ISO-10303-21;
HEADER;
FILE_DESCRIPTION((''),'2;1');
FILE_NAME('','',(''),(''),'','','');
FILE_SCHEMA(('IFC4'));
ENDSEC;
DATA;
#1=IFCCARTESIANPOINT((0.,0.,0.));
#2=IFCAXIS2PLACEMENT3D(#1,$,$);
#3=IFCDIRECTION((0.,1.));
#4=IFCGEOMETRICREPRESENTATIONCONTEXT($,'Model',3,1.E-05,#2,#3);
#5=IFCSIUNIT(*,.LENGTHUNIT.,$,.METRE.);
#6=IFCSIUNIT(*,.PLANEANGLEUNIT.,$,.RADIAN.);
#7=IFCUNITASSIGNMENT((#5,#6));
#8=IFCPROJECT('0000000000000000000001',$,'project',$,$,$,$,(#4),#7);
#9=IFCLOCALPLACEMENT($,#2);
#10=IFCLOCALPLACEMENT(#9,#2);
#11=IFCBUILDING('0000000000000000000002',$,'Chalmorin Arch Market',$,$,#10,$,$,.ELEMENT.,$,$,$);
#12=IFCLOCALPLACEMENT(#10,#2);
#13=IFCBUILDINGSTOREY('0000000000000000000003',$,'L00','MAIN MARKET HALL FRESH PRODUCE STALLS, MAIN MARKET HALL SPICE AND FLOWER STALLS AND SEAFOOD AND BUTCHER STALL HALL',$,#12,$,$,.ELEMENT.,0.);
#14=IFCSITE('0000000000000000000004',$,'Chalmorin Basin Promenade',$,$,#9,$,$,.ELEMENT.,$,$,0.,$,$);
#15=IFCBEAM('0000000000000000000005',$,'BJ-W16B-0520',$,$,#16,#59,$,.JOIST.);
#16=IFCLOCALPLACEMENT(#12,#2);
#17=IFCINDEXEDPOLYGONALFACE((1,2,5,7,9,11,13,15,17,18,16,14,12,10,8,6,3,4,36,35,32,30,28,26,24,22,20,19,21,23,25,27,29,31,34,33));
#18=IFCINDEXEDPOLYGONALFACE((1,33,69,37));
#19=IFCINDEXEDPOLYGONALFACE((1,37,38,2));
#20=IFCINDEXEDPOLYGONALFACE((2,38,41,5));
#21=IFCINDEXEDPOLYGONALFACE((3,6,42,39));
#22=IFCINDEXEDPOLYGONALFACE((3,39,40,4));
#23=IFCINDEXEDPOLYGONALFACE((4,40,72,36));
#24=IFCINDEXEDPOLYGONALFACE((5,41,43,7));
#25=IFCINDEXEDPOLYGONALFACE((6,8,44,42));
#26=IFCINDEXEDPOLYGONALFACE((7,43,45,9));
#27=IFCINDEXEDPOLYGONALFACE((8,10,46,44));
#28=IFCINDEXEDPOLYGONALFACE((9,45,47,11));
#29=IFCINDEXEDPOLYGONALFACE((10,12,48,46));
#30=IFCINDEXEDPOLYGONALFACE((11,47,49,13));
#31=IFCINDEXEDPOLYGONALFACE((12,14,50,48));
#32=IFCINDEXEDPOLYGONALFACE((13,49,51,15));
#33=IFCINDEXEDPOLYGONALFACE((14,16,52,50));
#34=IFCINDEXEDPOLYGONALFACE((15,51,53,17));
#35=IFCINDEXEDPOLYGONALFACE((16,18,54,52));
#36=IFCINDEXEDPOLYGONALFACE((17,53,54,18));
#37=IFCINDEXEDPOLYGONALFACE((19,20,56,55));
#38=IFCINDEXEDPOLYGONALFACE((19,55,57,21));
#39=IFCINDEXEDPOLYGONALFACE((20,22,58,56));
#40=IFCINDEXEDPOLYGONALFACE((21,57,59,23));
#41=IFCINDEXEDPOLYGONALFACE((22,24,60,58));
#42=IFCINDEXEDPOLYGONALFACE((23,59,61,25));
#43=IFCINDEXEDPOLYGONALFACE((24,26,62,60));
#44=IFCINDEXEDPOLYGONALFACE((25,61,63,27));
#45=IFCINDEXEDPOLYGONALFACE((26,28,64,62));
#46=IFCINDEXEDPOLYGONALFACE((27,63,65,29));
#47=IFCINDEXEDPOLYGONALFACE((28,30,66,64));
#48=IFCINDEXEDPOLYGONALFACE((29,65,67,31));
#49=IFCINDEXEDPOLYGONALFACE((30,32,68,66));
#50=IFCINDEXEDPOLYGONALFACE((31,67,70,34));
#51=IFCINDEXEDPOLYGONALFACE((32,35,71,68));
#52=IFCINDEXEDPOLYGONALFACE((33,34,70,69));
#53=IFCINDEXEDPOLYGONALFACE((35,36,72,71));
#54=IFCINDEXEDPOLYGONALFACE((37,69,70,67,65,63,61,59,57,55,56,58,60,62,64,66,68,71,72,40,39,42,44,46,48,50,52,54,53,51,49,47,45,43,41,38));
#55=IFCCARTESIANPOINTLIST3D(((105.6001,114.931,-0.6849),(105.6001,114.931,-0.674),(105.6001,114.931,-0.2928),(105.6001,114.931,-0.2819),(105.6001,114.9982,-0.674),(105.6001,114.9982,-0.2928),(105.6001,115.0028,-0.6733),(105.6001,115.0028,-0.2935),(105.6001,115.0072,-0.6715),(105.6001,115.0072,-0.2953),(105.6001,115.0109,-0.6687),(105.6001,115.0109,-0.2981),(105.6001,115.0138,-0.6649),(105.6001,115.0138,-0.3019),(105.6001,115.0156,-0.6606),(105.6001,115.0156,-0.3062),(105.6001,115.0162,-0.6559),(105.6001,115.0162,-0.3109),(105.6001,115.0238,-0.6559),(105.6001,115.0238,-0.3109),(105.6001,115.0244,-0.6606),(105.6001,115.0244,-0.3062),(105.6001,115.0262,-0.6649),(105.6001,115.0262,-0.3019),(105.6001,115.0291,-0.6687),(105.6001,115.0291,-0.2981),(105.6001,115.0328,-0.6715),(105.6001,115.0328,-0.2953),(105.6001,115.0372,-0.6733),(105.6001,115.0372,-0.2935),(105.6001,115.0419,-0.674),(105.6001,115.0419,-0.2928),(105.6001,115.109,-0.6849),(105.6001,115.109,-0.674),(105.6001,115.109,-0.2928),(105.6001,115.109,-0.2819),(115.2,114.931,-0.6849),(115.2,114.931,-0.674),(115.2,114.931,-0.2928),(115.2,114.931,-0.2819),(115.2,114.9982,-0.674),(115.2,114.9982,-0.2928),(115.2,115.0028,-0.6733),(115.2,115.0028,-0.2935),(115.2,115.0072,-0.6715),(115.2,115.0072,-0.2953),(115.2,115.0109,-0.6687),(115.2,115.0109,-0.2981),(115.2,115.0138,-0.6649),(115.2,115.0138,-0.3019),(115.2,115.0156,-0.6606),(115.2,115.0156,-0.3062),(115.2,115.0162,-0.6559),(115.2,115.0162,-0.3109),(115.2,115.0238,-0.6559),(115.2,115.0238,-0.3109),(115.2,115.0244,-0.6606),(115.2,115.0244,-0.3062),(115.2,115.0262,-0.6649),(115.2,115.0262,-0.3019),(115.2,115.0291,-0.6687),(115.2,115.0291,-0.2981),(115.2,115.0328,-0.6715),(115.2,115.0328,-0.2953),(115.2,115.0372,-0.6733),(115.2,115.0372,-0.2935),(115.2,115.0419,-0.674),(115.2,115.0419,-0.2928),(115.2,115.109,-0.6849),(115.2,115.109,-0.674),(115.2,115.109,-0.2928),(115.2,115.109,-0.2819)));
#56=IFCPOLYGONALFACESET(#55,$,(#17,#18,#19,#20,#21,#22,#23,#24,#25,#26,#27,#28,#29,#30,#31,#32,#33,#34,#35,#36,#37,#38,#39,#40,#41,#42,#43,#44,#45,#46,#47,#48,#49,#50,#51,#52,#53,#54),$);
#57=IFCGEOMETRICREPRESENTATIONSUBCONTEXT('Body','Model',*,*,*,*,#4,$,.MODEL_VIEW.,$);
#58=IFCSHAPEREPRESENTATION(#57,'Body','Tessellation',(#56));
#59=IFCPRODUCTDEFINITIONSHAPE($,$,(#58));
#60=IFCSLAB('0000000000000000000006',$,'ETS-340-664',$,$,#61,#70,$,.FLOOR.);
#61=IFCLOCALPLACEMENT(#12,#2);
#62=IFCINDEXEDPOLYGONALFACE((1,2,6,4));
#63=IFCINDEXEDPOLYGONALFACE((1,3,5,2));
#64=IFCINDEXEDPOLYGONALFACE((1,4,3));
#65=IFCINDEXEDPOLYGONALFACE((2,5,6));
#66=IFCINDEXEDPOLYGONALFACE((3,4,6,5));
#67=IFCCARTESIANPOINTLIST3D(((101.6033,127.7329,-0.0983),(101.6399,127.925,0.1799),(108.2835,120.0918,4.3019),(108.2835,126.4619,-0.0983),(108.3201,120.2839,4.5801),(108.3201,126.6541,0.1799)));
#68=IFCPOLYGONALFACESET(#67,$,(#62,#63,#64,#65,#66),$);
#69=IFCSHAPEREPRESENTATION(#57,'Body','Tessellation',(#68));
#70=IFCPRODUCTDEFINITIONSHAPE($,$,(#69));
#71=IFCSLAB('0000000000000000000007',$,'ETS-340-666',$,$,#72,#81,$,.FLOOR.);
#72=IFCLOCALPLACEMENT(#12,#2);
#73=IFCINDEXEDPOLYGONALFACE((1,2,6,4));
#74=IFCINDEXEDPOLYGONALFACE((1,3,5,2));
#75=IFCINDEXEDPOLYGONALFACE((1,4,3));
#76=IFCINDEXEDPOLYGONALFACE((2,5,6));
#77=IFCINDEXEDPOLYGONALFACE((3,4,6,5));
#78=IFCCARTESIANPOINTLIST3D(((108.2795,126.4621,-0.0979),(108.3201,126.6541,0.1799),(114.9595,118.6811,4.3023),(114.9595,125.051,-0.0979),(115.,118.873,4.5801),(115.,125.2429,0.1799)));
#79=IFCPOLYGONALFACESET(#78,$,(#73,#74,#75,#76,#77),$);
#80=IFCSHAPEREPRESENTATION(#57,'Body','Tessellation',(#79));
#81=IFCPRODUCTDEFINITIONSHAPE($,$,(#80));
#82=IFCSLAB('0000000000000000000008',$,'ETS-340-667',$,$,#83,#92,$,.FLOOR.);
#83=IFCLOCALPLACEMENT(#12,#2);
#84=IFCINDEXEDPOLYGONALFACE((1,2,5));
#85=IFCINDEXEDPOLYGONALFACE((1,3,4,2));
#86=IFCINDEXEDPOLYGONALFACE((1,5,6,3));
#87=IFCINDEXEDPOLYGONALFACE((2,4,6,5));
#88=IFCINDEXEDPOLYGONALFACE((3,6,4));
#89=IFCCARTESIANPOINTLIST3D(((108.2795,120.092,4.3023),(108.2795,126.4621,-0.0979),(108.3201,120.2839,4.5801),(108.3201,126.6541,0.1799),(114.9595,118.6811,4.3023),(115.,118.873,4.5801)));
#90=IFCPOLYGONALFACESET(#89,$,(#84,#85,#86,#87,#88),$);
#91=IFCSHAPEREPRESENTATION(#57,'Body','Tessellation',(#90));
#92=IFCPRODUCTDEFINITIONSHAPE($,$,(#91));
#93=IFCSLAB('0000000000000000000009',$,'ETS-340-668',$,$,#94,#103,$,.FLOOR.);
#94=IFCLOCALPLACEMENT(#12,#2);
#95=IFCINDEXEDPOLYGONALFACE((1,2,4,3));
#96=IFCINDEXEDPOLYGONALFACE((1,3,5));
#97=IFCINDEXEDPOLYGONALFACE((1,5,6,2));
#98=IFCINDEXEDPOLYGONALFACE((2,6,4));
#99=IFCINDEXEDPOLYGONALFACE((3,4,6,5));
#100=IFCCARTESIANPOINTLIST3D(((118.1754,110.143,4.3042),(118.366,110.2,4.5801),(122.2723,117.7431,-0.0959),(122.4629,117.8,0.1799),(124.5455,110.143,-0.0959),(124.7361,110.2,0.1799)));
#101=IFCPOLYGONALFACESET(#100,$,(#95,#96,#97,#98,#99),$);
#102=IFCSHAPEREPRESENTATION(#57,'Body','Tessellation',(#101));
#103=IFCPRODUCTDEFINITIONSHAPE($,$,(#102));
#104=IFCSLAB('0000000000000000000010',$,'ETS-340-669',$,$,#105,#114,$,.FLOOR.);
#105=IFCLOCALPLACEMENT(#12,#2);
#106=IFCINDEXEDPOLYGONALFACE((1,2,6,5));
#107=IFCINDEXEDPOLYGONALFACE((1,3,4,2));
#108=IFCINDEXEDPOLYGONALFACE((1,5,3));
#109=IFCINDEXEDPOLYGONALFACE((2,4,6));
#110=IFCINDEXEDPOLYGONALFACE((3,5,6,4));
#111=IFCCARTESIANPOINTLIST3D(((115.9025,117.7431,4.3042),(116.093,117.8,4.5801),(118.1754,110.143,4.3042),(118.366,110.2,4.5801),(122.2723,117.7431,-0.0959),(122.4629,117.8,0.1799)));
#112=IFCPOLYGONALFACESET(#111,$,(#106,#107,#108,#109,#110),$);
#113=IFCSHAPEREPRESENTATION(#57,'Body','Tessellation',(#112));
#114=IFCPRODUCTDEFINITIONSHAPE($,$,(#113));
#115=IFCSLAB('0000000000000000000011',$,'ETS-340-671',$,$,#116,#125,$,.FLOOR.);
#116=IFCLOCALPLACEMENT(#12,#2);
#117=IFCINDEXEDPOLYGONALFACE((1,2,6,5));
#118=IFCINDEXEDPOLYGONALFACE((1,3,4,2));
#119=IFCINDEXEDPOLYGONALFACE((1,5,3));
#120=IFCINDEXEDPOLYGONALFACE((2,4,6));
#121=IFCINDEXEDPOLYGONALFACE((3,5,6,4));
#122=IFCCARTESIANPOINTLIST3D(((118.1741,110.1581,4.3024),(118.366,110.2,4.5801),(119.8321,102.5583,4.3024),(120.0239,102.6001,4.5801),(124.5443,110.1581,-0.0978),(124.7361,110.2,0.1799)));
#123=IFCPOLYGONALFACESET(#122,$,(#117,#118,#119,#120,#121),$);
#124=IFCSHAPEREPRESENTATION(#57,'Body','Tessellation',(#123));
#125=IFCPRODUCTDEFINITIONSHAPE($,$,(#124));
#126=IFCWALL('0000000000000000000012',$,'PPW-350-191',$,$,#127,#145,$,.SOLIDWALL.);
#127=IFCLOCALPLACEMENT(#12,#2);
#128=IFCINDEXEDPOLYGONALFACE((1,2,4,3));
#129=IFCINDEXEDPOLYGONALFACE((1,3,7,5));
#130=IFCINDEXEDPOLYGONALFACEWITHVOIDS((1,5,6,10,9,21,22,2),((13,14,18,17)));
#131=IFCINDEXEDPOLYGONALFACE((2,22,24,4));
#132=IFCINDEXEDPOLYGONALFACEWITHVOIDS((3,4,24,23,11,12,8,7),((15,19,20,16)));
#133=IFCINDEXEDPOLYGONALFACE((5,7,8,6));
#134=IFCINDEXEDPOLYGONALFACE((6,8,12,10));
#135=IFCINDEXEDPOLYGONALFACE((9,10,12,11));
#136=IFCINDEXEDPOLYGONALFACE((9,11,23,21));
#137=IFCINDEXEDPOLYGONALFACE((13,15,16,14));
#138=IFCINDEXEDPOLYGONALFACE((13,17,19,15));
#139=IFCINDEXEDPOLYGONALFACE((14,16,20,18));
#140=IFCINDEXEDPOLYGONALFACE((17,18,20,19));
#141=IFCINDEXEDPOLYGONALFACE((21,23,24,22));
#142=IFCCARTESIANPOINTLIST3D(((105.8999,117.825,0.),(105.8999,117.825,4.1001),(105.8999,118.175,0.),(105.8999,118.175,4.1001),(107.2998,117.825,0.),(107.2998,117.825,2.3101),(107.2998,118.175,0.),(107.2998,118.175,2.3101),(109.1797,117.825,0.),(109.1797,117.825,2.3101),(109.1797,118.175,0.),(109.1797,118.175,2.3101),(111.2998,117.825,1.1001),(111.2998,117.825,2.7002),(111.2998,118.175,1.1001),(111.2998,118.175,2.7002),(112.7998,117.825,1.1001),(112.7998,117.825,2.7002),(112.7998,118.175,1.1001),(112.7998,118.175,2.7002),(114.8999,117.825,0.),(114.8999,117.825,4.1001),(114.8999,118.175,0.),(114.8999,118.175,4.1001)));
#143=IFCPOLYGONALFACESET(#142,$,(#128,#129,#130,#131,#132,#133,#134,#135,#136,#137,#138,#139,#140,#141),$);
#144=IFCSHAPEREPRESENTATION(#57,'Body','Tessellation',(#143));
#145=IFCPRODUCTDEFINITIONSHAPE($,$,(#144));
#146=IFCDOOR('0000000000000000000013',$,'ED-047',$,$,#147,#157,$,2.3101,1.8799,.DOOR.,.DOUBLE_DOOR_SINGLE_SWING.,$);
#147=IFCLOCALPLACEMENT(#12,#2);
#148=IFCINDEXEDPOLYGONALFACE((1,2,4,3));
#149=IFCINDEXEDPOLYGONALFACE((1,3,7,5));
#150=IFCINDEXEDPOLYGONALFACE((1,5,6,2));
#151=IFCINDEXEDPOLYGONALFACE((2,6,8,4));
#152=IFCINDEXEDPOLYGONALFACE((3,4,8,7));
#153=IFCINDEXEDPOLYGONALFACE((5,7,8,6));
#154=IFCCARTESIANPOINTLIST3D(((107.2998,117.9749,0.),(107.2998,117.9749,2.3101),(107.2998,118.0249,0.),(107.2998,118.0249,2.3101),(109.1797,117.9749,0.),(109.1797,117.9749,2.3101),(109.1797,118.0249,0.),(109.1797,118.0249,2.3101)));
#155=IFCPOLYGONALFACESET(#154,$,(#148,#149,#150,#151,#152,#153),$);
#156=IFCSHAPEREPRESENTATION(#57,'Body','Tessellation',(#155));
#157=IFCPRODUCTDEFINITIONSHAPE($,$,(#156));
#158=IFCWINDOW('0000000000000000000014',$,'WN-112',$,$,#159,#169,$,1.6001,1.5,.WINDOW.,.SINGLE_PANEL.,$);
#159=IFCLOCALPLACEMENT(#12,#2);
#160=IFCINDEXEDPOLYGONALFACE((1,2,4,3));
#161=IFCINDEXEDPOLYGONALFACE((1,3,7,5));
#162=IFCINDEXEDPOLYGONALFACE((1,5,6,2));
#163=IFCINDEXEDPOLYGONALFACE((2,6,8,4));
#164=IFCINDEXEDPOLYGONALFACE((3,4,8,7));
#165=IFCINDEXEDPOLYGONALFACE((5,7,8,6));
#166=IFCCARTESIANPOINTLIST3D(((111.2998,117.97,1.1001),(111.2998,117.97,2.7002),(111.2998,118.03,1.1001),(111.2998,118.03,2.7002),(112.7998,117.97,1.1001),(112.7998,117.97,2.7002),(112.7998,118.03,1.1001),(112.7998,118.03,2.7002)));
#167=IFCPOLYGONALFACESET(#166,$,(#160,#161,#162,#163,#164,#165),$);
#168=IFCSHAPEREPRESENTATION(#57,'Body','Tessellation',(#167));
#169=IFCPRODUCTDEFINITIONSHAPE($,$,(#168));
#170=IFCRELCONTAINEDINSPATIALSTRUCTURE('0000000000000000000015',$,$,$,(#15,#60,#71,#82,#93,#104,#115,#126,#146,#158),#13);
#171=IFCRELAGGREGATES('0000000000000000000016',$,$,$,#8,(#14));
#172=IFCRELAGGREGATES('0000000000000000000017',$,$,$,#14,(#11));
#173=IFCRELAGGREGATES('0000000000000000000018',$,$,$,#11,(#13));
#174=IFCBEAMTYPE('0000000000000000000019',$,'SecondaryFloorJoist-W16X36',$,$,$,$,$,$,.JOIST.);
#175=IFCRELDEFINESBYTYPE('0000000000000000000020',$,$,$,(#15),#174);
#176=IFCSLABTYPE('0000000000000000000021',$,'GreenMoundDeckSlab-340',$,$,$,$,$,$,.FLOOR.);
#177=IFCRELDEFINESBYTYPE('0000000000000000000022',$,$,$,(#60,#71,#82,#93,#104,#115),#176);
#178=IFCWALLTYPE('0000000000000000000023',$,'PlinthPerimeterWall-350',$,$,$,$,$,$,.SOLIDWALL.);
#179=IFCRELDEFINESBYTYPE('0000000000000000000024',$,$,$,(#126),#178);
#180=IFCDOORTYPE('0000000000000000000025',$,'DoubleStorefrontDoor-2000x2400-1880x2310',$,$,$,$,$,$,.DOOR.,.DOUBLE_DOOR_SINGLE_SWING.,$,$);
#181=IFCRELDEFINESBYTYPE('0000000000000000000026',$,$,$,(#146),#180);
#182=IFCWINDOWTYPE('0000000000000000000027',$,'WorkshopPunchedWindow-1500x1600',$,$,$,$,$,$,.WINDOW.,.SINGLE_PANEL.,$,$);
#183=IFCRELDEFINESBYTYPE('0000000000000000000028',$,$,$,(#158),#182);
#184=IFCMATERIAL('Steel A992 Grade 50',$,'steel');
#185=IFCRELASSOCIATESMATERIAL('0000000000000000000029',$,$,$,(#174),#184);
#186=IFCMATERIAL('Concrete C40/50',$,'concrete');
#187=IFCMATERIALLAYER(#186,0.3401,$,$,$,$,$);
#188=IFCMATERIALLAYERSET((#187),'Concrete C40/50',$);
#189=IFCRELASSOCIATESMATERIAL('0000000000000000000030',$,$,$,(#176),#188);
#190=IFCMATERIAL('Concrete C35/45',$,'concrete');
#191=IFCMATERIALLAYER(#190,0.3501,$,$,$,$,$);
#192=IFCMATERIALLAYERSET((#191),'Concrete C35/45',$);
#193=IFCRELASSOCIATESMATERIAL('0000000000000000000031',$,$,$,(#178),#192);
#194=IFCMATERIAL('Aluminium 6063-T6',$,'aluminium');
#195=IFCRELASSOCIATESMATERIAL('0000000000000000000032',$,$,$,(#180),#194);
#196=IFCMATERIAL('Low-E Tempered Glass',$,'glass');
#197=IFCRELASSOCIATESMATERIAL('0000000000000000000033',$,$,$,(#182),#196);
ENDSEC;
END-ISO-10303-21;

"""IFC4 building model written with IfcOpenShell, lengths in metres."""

from ifc_helpers import new_model, si_unit, direction, frame, frame_2d, origin, origin_2d, place, context, subcontext, project, spatial, polyline, rectangle, i_section, outline, extrude, material, layer, layer_set, material_profile, profile_set, type_object, element, fill, save


model = new_model("IFC4")

# Units and contexts
model_context = context("Model", 3, precision=1e-05, world=origin(), true_north=direction((0.0, 1.0)))
body_context = subcontext(model_context, "Body", "Model", "MODEL_VIEW")
ifc_project = project(units=[si_unit("LENGTHUNIT", "METRE"), si_unit("PLANEANGLEUNIT", "RADIAN")], contexts=[model_context])

# Site, building, storey
site_placement = place(None, origin())
site = spatial("IfcSite", under=ifc_project, at=site_placement, Name="Chalmorin Basin Promenade", CompositionType="ELEMENT", RefElevation=0.0)
building_placement = place(site_placement, origin())
building = spatial("IfcBuilding", under=site, at=building_placement, Name="Chalmorin Arch Market", CompositionType="ELEMENT")
storey_placement = place(building_placement, origin())
storey = spatial("IfcBuildingStorey", under=building, at=storey_placement, Name="L00", Description="MAIN MARKET HALL FRESH PRODUCE STALLS, MAIN MARKET HALL SPICE AND FLOWER STALLS AND SEAFOOD AND BUTCHER STALL HALL", CompositionType="ELEMENT", Elevation=0.0)

# Shared definitions
ifc_material_1 = material(Name="Concrete C40/50", Category="concrete")

# Beam
ifc_material_2 = material(Name="Steel A992 Grade 50", Category="steel")
ifc_material_profile_1 = material_profile(ifc_material_2, i_section(OverallWidth=0.178, OverallDepth=0.4031, WebThickness=0.0076, FlangeThickness=0.011, FilletRadius=0.0181, at=origin_2d()), Name="W16X36")
ifc_profile_set_1 = profile_set([ifc_material_profile_1], Name="Steel A992 Grade 50")
beam_type_1 = type_object("IfcBeamType", Name="SecondaryFloorJoist-W16X36", PredefinedType="JOIST", material=ifc_profile_set_1)
for number, where, z_axis, x_axis, name in (
    (1, (105.6001, 115.02, -0.4834), (1.0, 0.0, 0.0), (0.0, 1.0, 0.0), "BJ-W16B-0520"),
):
    element("IfcBeam", number, at=place(storey_placement, frame(where, z_axis=z_axis, x_axis=x_axis)), inside=storey, type_object=beam_type_1, Name=name, PredefinedType="JOIST", context=body_context, shape_type="SweptSolid", body=[
        extrude(i_section(OverallWidth=0.178, OverallDepth=0.4031, WebThickness=0.0076, FlangeThickness=0.011, FilletRadius=0.0181, at=origin_2d()), origin(), (0.0, 0.0, 1.0), 9.5999),
    ])

# Slabs
ifc_layer_1 = layer(ifc_material_1, 0.3401)
ifc_layer_set_1 = layer_set([ifc_layer_1], Name="Concrete C40/50")
slab_type = type_object("IfcSlabType", Name="GreenMoundDeckSlab-340", PredefinedType="FLOOR", material=ifc_layer_set_1)
slab_1_placement = place(storey_placement, frame((108.3201, 120.2839, 4.5801), z_axis=(0.107508, 0.565048, 0.818024), x_axis=(0.0, 0.822792, -0.568342)))
element("IfcSlab", 2, at=slab_1_placement, inside=storey, type_object=slab_type, Name="ETS-340-664", PredefinedType="FLOOR", context=body_context, shape_type="SweptSolid", body=[
    extrude(outline(polyline([(0.0, 0.0), (7.7421, 0.0), (8.7878, 6.7191), (0.0, 0.0)])), origin(), (0.0, 0.0, -1.0), 0.3401),
])
slab_2_placement = place(storey_placement, frame((115.0, 118.873, 4.5801), z_axis=(0.119209, 0.564304, 0.816915), x_axis=(0.0, 0.822782, -0.568357)))
element("IfcSlab", 3, at=slab_2_placement, inside=storey, type_object=slab_type, Name="ETS-340-666", PredefinedType="FLOOR", context=body_context, shape_type="SweptSolid", body=[
    extrude(outline(polyline([(0.0, 0.0), (7.7419, 0.0), (8.9029, 6.7279), (0.0, 0.0)])), origin(), (0.0, 0.0, -1.0), 0.3401),
])
slab_3_placement = place(storey_placement, frame((108.3201, 120.2839, 4.5801), z_axis=(0.119186, 0.564291, 0.816927), x_axis=(0.978414, -0.206654, 0.0)))
element("IfcSlab", 4, at=slab_3_placement, inside=storey, type_object=slab_type, Name="ETS-340-667", PredefinedType="FLOOR", context=body_context, shape_type="SweptSolid", body=[
    extrude(outline(polyline([(0.0, 0.0), (6.8273, 0.0), (-1.3164, 7.6293), (0.0, 0.0)])), origin(), (0.0, 0.0, -1.0), 0.3401),
])
slab_4_placement = place(storey_placement, frame((118.366, 110.2, 4.5801), z_axis=(0.560304, 0.167587, 0.811156), x_axis=(0.822792, 0.0, -0.568342)))
element("IfcSlab", 5, at=slab_4_placement, inside=storey, type_object=slab_type, Name="ETS-340-668", PredefinedType="FLOOR", context=body_context, shape_type="SweptSolid", body=[
    extrude(outline(polyline([(0.0, 0.0), (7.7421, 0.0), (5.8717, 7.7091), (0.0, 0.0)])), origin(), (0.0, 0.0, -1.0), 0.3401),
])
slab_5_placement = place(storey_placement, frame((116.093, 117.8, 4.5801), z_axis=(0.56032, 0.167574, 0.811148), x_axis=(0.286529, -0.958072, 0.0)))
element("IfcSlab", 6, at=slab_5_placement, inside=storey, type_object=slab_type, Name="ETS-340-669", PredefinedType="FLOOR", context=body_context, shape_type="SweptSolid", body=[
    extrude(outline(polyline([(0.0, 0.0), (7.9327, 0.0), (1.8252, 7.5237), (0.0, 0.0)])), origin(), (0.0, 0.0, -1.0), 0.3401),
])
slab_6_placement = place(storey_placement, frame((118.366, 110.2, 4.5801), z_axis=(0.564023, 0.123045, 0.81654), x_axis=(0.213144, -0.977021, 0.0)))
element("IfcSlab", 7, at=slab_6_placement, inside=storey, type_object=slab_type, Name="ETS-340-671", PredefinedType="FLOOR", context=body_context, shape_type="SweptSolid", body=[
    extrude(outline(polyline([(0.0, 0.0), (7.7786, 0.0), (1.3578, 7.6221), (0.0, 0.0)])), origin(), (0.0, 0.0, -1.0), 0.3401),
])

# Wall, openings, door, window
ifc_material_3 = material(Name="Concrete C35/45", Category="concrete")
ifc_layer_2 = layer(ifc_material_3, 0.3501)
ifc_layer_set_2 = layer_set([ifc_layer_2], Name="Concrete C35/45")
wall_type_1 = type_object("IfcWallType", Name="PlinthPerimeterWall-350", PredefinedType="SOLIDWALL", material=ifc_layer_set_2)
wall_1_placement = place(storey_placement, frame((105.8999, 118.0, 0.0), z_axis=(0.0, 0.0, 1.0), x_axis=(1.0, 0.0, 0.0)))
wall_1 = element("IfcWall", 8, at=wall_1_placement, inside=storey, type_object=wall_type_1, Name="PPW-350-191", PredefinedType="SOLIDWALL", context=body_context, shape_type="SweptSolid", body=[
    extrude(rectangle(XDim=9.0, YDim=0.3501, at=frame_2d((4.5, 0.0))), origin(), (0.0, 0.0, 1.0), 4.1001),
])
opening_1_placement = place(wall_1_placement, frame((1.3999, 0.0, 0.0)))
opening_1 = element("IfcOpeningElement", 9, at=opening_1_placement, cuts=wall_1, PredefinedType="OPENING", context=body_context, shape_type="SweptSolid", body=[
    extrude(rectangle(XDim=1.8799, YDim=2.3101, at=frame_2d((0.9399, 1.155))), frame((0.0, 0.1851, 0.0), z_axis=(0.0, -1.0, 0.0), x_axis=(1.0, 0.0, 0.0)), (0.0, 0.0, 1.0), 0.3701),
])
opening_2_placement = place(wall_1_placement, frame((5.3999, 0.0, 1.1001)))
opening_2 = element("IfcOpeningElement", 10, at=opening_2_placement, cuts=wall_1, PredefinedType="OPENING", context=body_context, shape_type="SweptSolid", body=[
    extrude(rectangle(XDim=1.5, YDim=1.6001, at=frame_2d((0.75, 0.8))), frame((0.0, 0.1851, 0.0), z_axis=(0.0, -1.0, 0.0), x_axis=(1.0, 0.0, 0.0)), (0.0, 0.0, 1.0), 0.3701),
])
ifc_material_4 = material(Name="Aluminium 6063-T6", Category="aluminium")
door_type_1 = type_object("IfcDoorType", Name="DoubleStorefrontDoor-2000x2400-1880x2310", OperationType="DOUBLE_DOOR_SINGLE_SWING", PredefinedType="DOOR", material=ifc_material_4)
door_1_placement = place(opening_1_placement, origin())
door_1 = element("IfcDoor", 11, at=door_1_placement, inside=storey, type_object=door_type_1, Name="ED-047", OperationType="DOUBLE_DOOR_SINGLE_SWING", OverallHeight=2.3101, OverallWidth=1.8799, PredefinedType="DOOR", context=body_context, shape_type="SweptSolid", body=[
    extrude(rectangle(XDim=1.8799, YDim=2.3101, at=frame_2d((0.9399, 1.155))), frame((0.0, 0.0249, 0.0), z_axis=(0.0, -1.0, 0.0), x_axis=(1.0, 0.0, 0.0)), (0.0, 0.0, 1.0), 0.05),
])
fill(opening_1, door_1)
ifc_material_5 = material(Name="Low-E Tempered Glass", Category="glass")
window_type_1 = type_object("IfcWindowType", Name="WorkshopPunchedWindow-1500x1600", PartitioningType="SINGLE_PANEL", PredefinedType="WINDOW", material=ifc_material_5)
window_1_placement = place(opening_2_placement, origin())
window_1 = element("IfcWindow", 12, at=window_1_placement, inside=storey, type_object=window_type_1, Name="WN-112", OverallHeight=1.6001, OverallWidth=1.5, PartitioningType="SINGLE_PANEL", PredefinedType="WINDOW", context=body_context, shape_type="SweptSolid", body=[
    extrude(rectangle(XDim=1.5, YDim=1.6001, at=frame_2d((0.75, 0.8))), frame((0.0, 0.03, 0.0), z_axis=(0.0, -1.0, 0.0), x_axis=(1.0, 0.0, 0.0)), (0.0, 0.0, 1.0), 0.0601),
])
fill(opening_2, window_1)

save(model, "model.ifc")
